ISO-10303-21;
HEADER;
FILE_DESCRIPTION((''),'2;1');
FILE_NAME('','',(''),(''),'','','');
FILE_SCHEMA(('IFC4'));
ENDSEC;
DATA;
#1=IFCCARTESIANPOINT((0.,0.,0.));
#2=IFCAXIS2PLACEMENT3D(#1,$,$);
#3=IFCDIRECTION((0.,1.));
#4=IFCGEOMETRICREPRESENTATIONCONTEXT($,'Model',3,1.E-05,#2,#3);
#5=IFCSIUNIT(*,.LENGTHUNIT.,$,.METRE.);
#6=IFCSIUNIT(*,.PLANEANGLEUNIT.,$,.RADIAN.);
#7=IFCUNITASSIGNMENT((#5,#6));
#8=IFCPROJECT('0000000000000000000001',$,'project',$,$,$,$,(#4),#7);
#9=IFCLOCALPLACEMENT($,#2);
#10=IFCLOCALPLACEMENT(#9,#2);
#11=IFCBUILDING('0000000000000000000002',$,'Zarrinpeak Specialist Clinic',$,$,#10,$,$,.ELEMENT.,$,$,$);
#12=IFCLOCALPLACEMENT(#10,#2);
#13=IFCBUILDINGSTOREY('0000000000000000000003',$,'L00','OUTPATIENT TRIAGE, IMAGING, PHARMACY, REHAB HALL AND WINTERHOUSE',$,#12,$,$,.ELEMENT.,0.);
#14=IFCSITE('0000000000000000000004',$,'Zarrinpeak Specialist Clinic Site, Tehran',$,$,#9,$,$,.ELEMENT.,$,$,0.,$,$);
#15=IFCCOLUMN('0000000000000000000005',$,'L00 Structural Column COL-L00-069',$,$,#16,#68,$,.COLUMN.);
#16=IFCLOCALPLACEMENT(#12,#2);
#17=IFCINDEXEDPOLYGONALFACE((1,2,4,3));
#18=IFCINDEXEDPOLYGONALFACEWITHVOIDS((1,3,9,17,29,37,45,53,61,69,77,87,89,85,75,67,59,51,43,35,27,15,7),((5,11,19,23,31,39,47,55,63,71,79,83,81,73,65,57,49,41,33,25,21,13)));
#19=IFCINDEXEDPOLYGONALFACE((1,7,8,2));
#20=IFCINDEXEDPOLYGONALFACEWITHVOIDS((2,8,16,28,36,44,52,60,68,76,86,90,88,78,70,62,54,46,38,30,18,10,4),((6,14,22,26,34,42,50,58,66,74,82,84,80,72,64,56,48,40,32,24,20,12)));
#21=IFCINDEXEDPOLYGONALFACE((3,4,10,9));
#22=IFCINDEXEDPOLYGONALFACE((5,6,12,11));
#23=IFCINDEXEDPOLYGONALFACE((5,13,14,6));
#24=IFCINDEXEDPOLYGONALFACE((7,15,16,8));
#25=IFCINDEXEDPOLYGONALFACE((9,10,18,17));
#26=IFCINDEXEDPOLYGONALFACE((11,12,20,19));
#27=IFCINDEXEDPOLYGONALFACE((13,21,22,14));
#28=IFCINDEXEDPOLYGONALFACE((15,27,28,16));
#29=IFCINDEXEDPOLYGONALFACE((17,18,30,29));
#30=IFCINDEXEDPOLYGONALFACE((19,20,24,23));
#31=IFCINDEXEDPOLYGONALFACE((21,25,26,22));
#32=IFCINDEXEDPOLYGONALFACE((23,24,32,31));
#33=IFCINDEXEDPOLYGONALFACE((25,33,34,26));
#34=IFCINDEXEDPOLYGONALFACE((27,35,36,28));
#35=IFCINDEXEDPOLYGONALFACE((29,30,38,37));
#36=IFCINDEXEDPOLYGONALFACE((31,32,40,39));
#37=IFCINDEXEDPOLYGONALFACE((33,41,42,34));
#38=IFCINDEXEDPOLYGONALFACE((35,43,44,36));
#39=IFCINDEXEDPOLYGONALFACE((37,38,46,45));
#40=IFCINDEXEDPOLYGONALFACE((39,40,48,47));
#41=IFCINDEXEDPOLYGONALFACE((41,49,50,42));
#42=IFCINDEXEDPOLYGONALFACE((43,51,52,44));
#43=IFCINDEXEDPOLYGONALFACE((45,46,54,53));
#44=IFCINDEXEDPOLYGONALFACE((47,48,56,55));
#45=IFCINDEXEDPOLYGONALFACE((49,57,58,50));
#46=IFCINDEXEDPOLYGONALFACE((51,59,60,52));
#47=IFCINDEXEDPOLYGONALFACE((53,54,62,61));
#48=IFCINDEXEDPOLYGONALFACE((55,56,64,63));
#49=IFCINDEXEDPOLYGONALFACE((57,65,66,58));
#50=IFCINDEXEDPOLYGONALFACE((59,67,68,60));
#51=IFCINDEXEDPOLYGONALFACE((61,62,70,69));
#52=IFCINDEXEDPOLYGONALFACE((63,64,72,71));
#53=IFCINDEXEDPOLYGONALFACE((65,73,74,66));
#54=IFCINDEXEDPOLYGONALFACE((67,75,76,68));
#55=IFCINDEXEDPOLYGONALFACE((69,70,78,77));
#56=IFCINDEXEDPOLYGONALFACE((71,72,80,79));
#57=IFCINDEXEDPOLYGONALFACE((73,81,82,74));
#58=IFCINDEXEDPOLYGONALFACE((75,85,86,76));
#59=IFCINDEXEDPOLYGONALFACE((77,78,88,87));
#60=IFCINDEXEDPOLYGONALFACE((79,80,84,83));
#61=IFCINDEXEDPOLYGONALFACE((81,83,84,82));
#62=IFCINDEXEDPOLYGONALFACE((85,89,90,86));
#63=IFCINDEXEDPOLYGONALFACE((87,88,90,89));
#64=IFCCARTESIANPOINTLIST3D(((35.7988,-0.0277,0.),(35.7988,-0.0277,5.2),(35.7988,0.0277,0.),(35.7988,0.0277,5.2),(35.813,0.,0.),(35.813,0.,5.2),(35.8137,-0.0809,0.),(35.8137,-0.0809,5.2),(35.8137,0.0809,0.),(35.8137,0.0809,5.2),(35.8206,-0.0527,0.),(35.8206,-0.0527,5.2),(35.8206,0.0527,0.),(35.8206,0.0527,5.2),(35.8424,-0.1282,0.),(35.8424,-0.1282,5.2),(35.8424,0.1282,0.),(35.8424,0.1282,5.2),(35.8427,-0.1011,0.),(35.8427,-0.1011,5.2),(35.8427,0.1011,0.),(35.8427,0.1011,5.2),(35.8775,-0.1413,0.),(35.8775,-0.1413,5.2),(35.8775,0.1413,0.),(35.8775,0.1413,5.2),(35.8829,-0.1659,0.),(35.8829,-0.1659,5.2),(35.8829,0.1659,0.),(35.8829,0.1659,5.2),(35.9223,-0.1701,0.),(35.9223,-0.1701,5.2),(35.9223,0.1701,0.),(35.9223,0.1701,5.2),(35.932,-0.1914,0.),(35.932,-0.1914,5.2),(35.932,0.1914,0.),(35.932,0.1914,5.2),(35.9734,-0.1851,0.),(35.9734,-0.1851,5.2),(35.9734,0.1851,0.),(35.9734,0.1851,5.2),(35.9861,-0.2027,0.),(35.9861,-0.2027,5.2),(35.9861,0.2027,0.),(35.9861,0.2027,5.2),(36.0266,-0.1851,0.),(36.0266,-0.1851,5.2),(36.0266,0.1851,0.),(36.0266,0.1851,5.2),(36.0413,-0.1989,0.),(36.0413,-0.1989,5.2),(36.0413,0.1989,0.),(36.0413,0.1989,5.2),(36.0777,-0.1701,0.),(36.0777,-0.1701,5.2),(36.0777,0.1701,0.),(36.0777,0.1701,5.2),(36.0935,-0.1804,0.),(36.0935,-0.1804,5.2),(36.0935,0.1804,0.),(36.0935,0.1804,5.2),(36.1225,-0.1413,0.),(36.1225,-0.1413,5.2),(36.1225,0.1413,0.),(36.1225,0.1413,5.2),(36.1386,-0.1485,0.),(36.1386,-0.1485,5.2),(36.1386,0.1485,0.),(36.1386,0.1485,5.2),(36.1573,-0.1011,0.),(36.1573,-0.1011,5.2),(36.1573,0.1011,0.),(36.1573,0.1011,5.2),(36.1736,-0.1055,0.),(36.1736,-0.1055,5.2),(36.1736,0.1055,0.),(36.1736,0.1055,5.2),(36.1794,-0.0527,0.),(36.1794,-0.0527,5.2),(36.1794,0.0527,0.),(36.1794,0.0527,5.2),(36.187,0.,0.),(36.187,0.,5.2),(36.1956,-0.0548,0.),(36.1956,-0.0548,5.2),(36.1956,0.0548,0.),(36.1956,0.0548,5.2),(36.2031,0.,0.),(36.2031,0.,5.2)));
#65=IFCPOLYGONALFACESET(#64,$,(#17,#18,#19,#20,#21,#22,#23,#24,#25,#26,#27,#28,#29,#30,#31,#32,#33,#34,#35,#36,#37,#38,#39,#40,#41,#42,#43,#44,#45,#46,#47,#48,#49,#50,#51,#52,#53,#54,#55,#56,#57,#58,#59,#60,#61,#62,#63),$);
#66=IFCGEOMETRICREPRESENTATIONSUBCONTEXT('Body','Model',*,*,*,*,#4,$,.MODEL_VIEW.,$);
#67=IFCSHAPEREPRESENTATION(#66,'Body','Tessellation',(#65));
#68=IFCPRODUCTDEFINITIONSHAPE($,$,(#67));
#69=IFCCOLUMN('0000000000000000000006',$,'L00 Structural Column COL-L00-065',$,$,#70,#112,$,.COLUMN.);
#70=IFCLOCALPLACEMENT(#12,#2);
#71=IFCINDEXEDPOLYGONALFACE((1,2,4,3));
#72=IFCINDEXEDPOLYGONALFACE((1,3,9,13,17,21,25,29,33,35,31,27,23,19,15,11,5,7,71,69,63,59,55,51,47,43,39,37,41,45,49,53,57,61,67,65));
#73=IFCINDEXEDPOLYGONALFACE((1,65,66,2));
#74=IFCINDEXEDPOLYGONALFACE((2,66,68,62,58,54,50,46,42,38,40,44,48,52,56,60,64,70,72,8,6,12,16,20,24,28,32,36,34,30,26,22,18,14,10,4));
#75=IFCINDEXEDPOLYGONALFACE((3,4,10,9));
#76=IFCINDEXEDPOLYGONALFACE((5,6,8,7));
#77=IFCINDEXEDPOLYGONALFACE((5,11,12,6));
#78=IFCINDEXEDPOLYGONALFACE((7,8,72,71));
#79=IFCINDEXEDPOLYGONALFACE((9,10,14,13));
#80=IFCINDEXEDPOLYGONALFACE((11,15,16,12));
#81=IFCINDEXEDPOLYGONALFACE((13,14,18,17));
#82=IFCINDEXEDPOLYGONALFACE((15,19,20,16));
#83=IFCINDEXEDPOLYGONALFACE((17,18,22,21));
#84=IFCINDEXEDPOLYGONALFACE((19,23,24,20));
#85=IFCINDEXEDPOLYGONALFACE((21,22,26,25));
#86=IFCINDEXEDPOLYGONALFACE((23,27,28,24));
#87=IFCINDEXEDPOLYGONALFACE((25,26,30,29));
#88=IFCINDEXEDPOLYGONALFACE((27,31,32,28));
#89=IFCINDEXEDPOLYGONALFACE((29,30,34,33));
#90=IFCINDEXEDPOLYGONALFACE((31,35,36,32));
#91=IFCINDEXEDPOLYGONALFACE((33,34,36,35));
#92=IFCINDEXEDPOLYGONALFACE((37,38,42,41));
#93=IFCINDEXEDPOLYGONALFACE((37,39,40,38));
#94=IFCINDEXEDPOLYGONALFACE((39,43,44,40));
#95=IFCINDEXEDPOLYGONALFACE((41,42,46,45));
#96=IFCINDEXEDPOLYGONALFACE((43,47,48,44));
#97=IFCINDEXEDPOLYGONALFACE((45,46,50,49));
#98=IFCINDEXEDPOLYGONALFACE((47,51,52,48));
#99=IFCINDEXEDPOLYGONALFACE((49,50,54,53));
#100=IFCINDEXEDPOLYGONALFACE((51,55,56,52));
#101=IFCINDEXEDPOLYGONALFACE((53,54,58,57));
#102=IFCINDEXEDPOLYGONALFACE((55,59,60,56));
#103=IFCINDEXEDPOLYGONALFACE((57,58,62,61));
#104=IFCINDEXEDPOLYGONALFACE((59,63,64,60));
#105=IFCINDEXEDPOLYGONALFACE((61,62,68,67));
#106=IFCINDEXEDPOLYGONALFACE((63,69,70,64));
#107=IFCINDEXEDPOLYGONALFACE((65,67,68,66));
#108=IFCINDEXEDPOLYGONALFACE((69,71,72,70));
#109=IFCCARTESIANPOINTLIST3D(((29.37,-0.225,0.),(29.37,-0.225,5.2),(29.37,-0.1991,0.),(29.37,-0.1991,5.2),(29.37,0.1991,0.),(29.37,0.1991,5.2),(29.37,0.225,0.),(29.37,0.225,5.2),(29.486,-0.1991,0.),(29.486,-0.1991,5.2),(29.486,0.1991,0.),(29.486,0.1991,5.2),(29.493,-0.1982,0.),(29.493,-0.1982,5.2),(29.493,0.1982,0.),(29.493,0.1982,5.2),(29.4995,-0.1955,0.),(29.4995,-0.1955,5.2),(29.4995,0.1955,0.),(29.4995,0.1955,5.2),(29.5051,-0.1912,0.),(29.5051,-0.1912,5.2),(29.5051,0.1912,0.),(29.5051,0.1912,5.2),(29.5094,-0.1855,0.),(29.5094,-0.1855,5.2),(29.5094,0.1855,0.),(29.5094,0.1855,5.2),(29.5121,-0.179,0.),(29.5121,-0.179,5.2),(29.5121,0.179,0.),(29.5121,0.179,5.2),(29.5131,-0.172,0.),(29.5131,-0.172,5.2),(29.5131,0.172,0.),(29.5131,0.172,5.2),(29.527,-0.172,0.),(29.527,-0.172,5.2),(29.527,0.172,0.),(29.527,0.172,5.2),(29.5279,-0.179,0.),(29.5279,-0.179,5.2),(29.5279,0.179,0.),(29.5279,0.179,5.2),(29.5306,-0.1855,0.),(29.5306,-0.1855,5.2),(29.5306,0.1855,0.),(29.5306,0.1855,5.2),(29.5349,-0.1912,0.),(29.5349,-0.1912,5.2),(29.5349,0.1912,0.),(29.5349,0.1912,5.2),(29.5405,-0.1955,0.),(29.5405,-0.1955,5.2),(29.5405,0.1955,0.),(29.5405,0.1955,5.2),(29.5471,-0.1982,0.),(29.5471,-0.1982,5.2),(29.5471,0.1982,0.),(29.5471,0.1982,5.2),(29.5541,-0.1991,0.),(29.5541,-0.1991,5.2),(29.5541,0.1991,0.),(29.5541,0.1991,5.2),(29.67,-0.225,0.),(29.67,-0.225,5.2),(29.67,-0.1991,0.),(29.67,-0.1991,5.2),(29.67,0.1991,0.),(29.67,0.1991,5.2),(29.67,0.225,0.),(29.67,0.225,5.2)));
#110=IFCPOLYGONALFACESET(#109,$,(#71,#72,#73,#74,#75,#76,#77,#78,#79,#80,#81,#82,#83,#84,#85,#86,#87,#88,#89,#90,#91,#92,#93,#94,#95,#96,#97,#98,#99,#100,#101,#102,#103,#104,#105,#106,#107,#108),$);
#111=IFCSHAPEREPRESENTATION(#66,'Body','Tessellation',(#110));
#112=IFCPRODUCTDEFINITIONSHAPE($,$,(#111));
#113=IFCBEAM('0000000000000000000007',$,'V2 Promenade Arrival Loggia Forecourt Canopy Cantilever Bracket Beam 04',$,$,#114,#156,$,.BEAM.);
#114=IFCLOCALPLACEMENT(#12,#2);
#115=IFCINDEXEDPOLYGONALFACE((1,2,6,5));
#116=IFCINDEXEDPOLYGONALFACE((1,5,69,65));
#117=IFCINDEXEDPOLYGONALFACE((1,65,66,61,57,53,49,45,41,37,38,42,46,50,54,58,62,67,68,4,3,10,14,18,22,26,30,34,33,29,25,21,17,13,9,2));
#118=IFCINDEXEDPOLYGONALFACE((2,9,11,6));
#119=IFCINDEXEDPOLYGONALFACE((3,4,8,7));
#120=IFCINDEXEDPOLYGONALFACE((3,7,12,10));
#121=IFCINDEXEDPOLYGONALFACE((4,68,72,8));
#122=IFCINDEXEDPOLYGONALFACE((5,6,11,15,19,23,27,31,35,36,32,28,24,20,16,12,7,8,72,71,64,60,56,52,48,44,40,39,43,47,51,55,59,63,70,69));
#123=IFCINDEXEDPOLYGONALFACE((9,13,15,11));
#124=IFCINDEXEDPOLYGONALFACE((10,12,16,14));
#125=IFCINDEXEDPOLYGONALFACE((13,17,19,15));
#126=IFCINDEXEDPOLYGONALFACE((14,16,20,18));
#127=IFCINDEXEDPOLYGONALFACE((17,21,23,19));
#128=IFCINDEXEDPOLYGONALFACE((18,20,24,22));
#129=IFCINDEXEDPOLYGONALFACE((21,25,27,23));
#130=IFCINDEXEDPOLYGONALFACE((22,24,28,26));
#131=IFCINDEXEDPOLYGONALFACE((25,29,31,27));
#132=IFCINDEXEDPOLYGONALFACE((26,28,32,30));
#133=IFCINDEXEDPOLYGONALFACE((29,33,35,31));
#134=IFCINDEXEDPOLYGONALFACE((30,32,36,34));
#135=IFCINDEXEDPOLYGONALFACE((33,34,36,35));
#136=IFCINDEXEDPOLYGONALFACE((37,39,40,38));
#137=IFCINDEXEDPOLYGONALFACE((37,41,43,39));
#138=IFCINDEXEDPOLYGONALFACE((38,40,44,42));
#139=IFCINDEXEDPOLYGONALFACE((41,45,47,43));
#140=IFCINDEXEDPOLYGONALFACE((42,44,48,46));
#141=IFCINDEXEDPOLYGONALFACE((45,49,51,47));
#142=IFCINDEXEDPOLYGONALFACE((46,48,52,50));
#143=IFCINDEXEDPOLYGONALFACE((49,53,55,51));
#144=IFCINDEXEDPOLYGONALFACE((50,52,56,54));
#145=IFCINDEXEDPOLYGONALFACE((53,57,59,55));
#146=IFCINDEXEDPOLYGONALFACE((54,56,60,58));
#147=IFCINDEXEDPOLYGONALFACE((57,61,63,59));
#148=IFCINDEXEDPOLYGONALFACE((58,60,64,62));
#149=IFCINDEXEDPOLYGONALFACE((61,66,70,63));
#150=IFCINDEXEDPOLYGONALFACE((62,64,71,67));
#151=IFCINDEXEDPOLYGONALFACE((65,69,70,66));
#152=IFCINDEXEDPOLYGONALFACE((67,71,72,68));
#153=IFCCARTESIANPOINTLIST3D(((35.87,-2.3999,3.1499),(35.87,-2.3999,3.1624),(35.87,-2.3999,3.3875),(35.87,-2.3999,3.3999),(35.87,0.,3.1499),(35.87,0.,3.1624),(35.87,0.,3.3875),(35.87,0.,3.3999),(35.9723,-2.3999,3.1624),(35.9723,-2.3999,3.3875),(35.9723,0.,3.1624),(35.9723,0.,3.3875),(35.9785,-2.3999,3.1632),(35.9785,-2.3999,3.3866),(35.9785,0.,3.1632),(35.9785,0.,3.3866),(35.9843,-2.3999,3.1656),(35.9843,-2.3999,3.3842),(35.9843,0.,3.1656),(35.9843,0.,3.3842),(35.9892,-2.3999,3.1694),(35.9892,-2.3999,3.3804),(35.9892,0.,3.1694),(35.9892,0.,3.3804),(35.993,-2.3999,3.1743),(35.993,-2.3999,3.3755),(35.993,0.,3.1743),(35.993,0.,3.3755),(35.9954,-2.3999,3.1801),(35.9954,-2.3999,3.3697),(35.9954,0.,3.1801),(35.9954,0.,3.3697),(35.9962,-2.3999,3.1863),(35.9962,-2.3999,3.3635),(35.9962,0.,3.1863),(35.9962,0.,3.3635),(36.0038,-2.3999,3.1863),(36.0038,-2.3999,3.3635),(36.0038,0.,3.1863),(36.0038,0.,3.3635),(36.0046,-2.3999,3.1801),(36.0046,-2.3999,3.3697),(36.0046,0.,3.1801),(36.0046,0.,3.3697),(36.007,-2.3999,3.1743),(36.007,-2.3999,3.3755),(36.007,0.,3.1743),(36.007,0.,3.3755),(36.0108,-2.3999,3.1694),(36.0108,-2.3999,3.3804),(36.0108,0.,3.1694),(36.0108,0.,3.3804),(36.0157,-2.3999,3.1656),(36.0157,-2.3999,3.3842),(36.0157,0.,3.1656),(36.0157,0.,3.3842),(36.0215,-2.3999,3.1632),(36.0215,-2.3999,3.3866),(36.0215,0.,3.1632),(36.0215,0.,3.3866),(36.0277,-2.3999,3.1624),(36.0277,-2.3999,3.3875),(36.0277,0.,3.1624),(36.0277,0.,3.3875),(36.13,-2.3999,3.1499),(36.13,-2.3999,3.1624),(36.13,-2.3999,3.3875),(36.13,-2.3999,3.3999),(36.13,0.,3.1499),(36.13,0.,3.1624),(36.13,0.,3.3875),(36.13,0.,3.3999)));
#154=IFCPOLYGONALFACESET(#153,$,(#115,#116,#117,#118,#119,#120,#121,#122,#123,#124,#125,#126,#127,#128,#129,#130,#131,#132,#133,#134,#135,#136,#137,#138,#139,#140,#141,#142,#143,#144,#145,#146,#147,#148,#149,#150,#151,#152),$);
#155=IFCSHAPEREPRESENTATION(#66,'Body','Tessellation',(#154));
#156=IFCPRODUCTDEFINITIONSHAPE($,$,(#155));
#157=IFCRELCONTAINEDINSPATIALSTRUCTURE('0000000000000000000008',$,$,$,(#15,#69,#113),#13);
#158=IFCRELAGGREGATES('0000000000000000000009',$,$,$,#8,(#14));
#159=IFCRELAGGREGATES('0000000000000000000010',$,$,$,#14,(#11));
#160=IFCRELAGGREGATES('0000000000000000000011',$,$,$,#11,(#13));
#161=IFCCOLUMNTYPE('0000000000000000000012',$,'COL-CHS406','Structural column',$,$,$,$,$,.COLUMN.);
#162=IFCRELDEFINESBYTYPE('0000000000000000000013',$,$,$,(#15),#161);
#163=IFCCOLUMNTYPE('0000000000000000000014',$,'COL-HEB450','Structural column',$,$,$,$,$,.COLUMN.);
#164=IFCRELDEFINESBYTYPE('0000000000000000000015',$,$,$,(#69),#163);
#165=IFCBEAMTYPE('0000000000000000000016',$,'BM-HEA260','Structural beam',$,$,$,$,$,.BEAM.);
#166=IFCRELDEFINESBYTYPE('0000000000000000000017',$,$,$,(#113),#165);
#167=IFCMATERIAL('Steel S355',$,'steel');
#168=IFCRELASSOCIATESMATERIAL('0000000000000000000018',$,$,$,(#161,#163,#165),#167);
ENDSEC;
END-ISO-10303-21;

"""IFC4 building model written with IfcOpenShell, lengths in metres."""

from ifc_helpers import new_model, si_unit, direction, frame, origin, origin_2d, place, context, subcontext, project, spatial, hollow_circle, i_section, extrude, material, material_profile, profile_set, type_object, element, save


model = new_model("IFC4")

# Units and contexts
model_context = context("Model", 3, precision=1e-05, world=origin(), true_north=direction((0.0, 1.0)))
body_context = subcontext(model_context, "Body", "Model", "MODEL_VIEW")
ifc_project = project(units=[si_unit("LENGTHUNIT", "METRE"), si_unit("PLANEANGLEUNIT", "RADIAN")], contexts=[model_context])

# Site, building, storey
site_placement = place(None, origin())
site = spatial("IfcSite", under=ifc_project, at=site_placement, Name="Zarrinpeak Specialist Clinic Site, Tehran", CompositionType="ELEMENT", RefElevation=0.0)
building_placement = place(site_placement, origin())
building = spatial("IfcBuilding", under=site, at=building_placement, Name="Zarrinpeak Specialist Clinic", CompositionType="ELEMENT")
storey_placement = place(building_placement, origin())
storey = spatial("IfcBuildingStorey", under=building, at=storey_placement, Name="L00", Description="OUTPATIENT TRIAGE, IMAGING, PHARMACY, REHAB HALL AND WINTERHOUSE", CompositionType="ELEMENT", Elevation=0.0)

# Columns
ifc_material_1 = material(Name="Steel S355", Category="steel")
ifc_material_profile_1 = material_profile(ifc_material_1, hollow_circle(Radius=0.2031, WallThickness=0.0161, at=origin_2d()), Name="CHS 406.4x16.0")
ifc_profile_set_1 = profile_set([ifc_material_profile_1], Name="Steel S355")
column_type_1 = type_object("IfcColumnType", Name="COL-CHS406", Description="Structural column", PredefinedType="COLUMN", material=ifc_profile_set_1)
column_1_placement = place(storey_placement, frame((36.0, 0.0, 0.0), z_axis=(0.0, 0.0, 1.0), x_axis=(1.0, 0.0, 0.0)))
element("IfcColumn", 1, at=column_1_placement, inside=storey, type_object=column_type_1, Name="L00 Structural Column COL-L00-069", PredefinedType="COLUMN", context=body_context, shape_type="SweptSolid", body=[
    extrude(hollow_circle(Radius=0.2031, WallThickness=0.0161, at=origin_2d()), origin(), (0.0, 0.0, 1.0), 5.2),
])
ifc_material_profile_2 = material_profile(ifc_material_1, i_section(OverallWidth=0.3, OverallDepth=0.45, WebThickness=0.0139, FlangeThickness=0.0259, FilletRadius=0.0271, at=origin_2d()), Name="HEB 450")
ifc_profile_set_2 = profile_set([ifc_material_profile_2], Name="Steel S355")
column_type_2 = type_object("IfcColumnType", Name="COL-HEB450", Description="Structural column", PredefinedType="COLUMN", material=ifc_profile_set_2)
column_2_placement = place(storey_placement, frame((29.52, 0.0, 0.0), z_axis=(0.0, 0.0, 1.0), x_axis=(1.0, 0.0, 0.0)))
element("IfcColumn", 2, at=column_2_placement, inside=storey, type_object=column_type_2, Name="L00 Structural Column COL-L00-065", PredefinedType="COLUMN", context=body_context, shape_type="SweptSolid", body=[
    extrude(i_section(OverallWidth=0.3, OverallDepth=0.45, WebThickness=0.0139, FlangeThickness=0.0259, FilletRadius=0.0271, at=origin_2d()), origin(), (0.0, 0.0, 1.0), 5.2),
])

# Beam
ifc_material_profile_3 = material_profile(ifc_material_1, i_section(OverallWidth=0.26, OverallDepth=0.25, WebThickness=0.0076, FlangeThickness=0.0125, FilletRadius=0.0239, at=origin_2d()), Name="HEA 260")
ifc_profile_set_3 = profile_set([ifc_material_profile_3], Name="Steel S355")
beam_type_1 = type_object("IfcBeamType", Name="BM-HEA260", Description="Structural beam", PredefinedType="BEAM", material=ifc_profile_set_3)
beam_1_placement = place(storey_placement, frame((36.0, 0.0, 3.2749), z_axis=(0.0, -1.0, 0.0), x_axis=(1.0, 0.0, 0.0)))
element("IfcBeam", 3, at=beam_1_placement, inside=storey, type_object=beam_type_1, Name="V2 Promenade Arrival Loggia Forecourt Canopy Cantilever Bracket Beam 04", PredefinedType="BEAM", context=body_context, shape_type="SweptSolid", body=[
    extrude(i_section(OverallWidth=0.26, OverallDepth=0.25, WebThickness=0.0076, FlangeThickness=0.0125, FilletRadius=0.0239, at=origin_2d()), origin(), (0.0, 0.0, 1.0), 2.3999),
])

save(model, "model.ifc")
